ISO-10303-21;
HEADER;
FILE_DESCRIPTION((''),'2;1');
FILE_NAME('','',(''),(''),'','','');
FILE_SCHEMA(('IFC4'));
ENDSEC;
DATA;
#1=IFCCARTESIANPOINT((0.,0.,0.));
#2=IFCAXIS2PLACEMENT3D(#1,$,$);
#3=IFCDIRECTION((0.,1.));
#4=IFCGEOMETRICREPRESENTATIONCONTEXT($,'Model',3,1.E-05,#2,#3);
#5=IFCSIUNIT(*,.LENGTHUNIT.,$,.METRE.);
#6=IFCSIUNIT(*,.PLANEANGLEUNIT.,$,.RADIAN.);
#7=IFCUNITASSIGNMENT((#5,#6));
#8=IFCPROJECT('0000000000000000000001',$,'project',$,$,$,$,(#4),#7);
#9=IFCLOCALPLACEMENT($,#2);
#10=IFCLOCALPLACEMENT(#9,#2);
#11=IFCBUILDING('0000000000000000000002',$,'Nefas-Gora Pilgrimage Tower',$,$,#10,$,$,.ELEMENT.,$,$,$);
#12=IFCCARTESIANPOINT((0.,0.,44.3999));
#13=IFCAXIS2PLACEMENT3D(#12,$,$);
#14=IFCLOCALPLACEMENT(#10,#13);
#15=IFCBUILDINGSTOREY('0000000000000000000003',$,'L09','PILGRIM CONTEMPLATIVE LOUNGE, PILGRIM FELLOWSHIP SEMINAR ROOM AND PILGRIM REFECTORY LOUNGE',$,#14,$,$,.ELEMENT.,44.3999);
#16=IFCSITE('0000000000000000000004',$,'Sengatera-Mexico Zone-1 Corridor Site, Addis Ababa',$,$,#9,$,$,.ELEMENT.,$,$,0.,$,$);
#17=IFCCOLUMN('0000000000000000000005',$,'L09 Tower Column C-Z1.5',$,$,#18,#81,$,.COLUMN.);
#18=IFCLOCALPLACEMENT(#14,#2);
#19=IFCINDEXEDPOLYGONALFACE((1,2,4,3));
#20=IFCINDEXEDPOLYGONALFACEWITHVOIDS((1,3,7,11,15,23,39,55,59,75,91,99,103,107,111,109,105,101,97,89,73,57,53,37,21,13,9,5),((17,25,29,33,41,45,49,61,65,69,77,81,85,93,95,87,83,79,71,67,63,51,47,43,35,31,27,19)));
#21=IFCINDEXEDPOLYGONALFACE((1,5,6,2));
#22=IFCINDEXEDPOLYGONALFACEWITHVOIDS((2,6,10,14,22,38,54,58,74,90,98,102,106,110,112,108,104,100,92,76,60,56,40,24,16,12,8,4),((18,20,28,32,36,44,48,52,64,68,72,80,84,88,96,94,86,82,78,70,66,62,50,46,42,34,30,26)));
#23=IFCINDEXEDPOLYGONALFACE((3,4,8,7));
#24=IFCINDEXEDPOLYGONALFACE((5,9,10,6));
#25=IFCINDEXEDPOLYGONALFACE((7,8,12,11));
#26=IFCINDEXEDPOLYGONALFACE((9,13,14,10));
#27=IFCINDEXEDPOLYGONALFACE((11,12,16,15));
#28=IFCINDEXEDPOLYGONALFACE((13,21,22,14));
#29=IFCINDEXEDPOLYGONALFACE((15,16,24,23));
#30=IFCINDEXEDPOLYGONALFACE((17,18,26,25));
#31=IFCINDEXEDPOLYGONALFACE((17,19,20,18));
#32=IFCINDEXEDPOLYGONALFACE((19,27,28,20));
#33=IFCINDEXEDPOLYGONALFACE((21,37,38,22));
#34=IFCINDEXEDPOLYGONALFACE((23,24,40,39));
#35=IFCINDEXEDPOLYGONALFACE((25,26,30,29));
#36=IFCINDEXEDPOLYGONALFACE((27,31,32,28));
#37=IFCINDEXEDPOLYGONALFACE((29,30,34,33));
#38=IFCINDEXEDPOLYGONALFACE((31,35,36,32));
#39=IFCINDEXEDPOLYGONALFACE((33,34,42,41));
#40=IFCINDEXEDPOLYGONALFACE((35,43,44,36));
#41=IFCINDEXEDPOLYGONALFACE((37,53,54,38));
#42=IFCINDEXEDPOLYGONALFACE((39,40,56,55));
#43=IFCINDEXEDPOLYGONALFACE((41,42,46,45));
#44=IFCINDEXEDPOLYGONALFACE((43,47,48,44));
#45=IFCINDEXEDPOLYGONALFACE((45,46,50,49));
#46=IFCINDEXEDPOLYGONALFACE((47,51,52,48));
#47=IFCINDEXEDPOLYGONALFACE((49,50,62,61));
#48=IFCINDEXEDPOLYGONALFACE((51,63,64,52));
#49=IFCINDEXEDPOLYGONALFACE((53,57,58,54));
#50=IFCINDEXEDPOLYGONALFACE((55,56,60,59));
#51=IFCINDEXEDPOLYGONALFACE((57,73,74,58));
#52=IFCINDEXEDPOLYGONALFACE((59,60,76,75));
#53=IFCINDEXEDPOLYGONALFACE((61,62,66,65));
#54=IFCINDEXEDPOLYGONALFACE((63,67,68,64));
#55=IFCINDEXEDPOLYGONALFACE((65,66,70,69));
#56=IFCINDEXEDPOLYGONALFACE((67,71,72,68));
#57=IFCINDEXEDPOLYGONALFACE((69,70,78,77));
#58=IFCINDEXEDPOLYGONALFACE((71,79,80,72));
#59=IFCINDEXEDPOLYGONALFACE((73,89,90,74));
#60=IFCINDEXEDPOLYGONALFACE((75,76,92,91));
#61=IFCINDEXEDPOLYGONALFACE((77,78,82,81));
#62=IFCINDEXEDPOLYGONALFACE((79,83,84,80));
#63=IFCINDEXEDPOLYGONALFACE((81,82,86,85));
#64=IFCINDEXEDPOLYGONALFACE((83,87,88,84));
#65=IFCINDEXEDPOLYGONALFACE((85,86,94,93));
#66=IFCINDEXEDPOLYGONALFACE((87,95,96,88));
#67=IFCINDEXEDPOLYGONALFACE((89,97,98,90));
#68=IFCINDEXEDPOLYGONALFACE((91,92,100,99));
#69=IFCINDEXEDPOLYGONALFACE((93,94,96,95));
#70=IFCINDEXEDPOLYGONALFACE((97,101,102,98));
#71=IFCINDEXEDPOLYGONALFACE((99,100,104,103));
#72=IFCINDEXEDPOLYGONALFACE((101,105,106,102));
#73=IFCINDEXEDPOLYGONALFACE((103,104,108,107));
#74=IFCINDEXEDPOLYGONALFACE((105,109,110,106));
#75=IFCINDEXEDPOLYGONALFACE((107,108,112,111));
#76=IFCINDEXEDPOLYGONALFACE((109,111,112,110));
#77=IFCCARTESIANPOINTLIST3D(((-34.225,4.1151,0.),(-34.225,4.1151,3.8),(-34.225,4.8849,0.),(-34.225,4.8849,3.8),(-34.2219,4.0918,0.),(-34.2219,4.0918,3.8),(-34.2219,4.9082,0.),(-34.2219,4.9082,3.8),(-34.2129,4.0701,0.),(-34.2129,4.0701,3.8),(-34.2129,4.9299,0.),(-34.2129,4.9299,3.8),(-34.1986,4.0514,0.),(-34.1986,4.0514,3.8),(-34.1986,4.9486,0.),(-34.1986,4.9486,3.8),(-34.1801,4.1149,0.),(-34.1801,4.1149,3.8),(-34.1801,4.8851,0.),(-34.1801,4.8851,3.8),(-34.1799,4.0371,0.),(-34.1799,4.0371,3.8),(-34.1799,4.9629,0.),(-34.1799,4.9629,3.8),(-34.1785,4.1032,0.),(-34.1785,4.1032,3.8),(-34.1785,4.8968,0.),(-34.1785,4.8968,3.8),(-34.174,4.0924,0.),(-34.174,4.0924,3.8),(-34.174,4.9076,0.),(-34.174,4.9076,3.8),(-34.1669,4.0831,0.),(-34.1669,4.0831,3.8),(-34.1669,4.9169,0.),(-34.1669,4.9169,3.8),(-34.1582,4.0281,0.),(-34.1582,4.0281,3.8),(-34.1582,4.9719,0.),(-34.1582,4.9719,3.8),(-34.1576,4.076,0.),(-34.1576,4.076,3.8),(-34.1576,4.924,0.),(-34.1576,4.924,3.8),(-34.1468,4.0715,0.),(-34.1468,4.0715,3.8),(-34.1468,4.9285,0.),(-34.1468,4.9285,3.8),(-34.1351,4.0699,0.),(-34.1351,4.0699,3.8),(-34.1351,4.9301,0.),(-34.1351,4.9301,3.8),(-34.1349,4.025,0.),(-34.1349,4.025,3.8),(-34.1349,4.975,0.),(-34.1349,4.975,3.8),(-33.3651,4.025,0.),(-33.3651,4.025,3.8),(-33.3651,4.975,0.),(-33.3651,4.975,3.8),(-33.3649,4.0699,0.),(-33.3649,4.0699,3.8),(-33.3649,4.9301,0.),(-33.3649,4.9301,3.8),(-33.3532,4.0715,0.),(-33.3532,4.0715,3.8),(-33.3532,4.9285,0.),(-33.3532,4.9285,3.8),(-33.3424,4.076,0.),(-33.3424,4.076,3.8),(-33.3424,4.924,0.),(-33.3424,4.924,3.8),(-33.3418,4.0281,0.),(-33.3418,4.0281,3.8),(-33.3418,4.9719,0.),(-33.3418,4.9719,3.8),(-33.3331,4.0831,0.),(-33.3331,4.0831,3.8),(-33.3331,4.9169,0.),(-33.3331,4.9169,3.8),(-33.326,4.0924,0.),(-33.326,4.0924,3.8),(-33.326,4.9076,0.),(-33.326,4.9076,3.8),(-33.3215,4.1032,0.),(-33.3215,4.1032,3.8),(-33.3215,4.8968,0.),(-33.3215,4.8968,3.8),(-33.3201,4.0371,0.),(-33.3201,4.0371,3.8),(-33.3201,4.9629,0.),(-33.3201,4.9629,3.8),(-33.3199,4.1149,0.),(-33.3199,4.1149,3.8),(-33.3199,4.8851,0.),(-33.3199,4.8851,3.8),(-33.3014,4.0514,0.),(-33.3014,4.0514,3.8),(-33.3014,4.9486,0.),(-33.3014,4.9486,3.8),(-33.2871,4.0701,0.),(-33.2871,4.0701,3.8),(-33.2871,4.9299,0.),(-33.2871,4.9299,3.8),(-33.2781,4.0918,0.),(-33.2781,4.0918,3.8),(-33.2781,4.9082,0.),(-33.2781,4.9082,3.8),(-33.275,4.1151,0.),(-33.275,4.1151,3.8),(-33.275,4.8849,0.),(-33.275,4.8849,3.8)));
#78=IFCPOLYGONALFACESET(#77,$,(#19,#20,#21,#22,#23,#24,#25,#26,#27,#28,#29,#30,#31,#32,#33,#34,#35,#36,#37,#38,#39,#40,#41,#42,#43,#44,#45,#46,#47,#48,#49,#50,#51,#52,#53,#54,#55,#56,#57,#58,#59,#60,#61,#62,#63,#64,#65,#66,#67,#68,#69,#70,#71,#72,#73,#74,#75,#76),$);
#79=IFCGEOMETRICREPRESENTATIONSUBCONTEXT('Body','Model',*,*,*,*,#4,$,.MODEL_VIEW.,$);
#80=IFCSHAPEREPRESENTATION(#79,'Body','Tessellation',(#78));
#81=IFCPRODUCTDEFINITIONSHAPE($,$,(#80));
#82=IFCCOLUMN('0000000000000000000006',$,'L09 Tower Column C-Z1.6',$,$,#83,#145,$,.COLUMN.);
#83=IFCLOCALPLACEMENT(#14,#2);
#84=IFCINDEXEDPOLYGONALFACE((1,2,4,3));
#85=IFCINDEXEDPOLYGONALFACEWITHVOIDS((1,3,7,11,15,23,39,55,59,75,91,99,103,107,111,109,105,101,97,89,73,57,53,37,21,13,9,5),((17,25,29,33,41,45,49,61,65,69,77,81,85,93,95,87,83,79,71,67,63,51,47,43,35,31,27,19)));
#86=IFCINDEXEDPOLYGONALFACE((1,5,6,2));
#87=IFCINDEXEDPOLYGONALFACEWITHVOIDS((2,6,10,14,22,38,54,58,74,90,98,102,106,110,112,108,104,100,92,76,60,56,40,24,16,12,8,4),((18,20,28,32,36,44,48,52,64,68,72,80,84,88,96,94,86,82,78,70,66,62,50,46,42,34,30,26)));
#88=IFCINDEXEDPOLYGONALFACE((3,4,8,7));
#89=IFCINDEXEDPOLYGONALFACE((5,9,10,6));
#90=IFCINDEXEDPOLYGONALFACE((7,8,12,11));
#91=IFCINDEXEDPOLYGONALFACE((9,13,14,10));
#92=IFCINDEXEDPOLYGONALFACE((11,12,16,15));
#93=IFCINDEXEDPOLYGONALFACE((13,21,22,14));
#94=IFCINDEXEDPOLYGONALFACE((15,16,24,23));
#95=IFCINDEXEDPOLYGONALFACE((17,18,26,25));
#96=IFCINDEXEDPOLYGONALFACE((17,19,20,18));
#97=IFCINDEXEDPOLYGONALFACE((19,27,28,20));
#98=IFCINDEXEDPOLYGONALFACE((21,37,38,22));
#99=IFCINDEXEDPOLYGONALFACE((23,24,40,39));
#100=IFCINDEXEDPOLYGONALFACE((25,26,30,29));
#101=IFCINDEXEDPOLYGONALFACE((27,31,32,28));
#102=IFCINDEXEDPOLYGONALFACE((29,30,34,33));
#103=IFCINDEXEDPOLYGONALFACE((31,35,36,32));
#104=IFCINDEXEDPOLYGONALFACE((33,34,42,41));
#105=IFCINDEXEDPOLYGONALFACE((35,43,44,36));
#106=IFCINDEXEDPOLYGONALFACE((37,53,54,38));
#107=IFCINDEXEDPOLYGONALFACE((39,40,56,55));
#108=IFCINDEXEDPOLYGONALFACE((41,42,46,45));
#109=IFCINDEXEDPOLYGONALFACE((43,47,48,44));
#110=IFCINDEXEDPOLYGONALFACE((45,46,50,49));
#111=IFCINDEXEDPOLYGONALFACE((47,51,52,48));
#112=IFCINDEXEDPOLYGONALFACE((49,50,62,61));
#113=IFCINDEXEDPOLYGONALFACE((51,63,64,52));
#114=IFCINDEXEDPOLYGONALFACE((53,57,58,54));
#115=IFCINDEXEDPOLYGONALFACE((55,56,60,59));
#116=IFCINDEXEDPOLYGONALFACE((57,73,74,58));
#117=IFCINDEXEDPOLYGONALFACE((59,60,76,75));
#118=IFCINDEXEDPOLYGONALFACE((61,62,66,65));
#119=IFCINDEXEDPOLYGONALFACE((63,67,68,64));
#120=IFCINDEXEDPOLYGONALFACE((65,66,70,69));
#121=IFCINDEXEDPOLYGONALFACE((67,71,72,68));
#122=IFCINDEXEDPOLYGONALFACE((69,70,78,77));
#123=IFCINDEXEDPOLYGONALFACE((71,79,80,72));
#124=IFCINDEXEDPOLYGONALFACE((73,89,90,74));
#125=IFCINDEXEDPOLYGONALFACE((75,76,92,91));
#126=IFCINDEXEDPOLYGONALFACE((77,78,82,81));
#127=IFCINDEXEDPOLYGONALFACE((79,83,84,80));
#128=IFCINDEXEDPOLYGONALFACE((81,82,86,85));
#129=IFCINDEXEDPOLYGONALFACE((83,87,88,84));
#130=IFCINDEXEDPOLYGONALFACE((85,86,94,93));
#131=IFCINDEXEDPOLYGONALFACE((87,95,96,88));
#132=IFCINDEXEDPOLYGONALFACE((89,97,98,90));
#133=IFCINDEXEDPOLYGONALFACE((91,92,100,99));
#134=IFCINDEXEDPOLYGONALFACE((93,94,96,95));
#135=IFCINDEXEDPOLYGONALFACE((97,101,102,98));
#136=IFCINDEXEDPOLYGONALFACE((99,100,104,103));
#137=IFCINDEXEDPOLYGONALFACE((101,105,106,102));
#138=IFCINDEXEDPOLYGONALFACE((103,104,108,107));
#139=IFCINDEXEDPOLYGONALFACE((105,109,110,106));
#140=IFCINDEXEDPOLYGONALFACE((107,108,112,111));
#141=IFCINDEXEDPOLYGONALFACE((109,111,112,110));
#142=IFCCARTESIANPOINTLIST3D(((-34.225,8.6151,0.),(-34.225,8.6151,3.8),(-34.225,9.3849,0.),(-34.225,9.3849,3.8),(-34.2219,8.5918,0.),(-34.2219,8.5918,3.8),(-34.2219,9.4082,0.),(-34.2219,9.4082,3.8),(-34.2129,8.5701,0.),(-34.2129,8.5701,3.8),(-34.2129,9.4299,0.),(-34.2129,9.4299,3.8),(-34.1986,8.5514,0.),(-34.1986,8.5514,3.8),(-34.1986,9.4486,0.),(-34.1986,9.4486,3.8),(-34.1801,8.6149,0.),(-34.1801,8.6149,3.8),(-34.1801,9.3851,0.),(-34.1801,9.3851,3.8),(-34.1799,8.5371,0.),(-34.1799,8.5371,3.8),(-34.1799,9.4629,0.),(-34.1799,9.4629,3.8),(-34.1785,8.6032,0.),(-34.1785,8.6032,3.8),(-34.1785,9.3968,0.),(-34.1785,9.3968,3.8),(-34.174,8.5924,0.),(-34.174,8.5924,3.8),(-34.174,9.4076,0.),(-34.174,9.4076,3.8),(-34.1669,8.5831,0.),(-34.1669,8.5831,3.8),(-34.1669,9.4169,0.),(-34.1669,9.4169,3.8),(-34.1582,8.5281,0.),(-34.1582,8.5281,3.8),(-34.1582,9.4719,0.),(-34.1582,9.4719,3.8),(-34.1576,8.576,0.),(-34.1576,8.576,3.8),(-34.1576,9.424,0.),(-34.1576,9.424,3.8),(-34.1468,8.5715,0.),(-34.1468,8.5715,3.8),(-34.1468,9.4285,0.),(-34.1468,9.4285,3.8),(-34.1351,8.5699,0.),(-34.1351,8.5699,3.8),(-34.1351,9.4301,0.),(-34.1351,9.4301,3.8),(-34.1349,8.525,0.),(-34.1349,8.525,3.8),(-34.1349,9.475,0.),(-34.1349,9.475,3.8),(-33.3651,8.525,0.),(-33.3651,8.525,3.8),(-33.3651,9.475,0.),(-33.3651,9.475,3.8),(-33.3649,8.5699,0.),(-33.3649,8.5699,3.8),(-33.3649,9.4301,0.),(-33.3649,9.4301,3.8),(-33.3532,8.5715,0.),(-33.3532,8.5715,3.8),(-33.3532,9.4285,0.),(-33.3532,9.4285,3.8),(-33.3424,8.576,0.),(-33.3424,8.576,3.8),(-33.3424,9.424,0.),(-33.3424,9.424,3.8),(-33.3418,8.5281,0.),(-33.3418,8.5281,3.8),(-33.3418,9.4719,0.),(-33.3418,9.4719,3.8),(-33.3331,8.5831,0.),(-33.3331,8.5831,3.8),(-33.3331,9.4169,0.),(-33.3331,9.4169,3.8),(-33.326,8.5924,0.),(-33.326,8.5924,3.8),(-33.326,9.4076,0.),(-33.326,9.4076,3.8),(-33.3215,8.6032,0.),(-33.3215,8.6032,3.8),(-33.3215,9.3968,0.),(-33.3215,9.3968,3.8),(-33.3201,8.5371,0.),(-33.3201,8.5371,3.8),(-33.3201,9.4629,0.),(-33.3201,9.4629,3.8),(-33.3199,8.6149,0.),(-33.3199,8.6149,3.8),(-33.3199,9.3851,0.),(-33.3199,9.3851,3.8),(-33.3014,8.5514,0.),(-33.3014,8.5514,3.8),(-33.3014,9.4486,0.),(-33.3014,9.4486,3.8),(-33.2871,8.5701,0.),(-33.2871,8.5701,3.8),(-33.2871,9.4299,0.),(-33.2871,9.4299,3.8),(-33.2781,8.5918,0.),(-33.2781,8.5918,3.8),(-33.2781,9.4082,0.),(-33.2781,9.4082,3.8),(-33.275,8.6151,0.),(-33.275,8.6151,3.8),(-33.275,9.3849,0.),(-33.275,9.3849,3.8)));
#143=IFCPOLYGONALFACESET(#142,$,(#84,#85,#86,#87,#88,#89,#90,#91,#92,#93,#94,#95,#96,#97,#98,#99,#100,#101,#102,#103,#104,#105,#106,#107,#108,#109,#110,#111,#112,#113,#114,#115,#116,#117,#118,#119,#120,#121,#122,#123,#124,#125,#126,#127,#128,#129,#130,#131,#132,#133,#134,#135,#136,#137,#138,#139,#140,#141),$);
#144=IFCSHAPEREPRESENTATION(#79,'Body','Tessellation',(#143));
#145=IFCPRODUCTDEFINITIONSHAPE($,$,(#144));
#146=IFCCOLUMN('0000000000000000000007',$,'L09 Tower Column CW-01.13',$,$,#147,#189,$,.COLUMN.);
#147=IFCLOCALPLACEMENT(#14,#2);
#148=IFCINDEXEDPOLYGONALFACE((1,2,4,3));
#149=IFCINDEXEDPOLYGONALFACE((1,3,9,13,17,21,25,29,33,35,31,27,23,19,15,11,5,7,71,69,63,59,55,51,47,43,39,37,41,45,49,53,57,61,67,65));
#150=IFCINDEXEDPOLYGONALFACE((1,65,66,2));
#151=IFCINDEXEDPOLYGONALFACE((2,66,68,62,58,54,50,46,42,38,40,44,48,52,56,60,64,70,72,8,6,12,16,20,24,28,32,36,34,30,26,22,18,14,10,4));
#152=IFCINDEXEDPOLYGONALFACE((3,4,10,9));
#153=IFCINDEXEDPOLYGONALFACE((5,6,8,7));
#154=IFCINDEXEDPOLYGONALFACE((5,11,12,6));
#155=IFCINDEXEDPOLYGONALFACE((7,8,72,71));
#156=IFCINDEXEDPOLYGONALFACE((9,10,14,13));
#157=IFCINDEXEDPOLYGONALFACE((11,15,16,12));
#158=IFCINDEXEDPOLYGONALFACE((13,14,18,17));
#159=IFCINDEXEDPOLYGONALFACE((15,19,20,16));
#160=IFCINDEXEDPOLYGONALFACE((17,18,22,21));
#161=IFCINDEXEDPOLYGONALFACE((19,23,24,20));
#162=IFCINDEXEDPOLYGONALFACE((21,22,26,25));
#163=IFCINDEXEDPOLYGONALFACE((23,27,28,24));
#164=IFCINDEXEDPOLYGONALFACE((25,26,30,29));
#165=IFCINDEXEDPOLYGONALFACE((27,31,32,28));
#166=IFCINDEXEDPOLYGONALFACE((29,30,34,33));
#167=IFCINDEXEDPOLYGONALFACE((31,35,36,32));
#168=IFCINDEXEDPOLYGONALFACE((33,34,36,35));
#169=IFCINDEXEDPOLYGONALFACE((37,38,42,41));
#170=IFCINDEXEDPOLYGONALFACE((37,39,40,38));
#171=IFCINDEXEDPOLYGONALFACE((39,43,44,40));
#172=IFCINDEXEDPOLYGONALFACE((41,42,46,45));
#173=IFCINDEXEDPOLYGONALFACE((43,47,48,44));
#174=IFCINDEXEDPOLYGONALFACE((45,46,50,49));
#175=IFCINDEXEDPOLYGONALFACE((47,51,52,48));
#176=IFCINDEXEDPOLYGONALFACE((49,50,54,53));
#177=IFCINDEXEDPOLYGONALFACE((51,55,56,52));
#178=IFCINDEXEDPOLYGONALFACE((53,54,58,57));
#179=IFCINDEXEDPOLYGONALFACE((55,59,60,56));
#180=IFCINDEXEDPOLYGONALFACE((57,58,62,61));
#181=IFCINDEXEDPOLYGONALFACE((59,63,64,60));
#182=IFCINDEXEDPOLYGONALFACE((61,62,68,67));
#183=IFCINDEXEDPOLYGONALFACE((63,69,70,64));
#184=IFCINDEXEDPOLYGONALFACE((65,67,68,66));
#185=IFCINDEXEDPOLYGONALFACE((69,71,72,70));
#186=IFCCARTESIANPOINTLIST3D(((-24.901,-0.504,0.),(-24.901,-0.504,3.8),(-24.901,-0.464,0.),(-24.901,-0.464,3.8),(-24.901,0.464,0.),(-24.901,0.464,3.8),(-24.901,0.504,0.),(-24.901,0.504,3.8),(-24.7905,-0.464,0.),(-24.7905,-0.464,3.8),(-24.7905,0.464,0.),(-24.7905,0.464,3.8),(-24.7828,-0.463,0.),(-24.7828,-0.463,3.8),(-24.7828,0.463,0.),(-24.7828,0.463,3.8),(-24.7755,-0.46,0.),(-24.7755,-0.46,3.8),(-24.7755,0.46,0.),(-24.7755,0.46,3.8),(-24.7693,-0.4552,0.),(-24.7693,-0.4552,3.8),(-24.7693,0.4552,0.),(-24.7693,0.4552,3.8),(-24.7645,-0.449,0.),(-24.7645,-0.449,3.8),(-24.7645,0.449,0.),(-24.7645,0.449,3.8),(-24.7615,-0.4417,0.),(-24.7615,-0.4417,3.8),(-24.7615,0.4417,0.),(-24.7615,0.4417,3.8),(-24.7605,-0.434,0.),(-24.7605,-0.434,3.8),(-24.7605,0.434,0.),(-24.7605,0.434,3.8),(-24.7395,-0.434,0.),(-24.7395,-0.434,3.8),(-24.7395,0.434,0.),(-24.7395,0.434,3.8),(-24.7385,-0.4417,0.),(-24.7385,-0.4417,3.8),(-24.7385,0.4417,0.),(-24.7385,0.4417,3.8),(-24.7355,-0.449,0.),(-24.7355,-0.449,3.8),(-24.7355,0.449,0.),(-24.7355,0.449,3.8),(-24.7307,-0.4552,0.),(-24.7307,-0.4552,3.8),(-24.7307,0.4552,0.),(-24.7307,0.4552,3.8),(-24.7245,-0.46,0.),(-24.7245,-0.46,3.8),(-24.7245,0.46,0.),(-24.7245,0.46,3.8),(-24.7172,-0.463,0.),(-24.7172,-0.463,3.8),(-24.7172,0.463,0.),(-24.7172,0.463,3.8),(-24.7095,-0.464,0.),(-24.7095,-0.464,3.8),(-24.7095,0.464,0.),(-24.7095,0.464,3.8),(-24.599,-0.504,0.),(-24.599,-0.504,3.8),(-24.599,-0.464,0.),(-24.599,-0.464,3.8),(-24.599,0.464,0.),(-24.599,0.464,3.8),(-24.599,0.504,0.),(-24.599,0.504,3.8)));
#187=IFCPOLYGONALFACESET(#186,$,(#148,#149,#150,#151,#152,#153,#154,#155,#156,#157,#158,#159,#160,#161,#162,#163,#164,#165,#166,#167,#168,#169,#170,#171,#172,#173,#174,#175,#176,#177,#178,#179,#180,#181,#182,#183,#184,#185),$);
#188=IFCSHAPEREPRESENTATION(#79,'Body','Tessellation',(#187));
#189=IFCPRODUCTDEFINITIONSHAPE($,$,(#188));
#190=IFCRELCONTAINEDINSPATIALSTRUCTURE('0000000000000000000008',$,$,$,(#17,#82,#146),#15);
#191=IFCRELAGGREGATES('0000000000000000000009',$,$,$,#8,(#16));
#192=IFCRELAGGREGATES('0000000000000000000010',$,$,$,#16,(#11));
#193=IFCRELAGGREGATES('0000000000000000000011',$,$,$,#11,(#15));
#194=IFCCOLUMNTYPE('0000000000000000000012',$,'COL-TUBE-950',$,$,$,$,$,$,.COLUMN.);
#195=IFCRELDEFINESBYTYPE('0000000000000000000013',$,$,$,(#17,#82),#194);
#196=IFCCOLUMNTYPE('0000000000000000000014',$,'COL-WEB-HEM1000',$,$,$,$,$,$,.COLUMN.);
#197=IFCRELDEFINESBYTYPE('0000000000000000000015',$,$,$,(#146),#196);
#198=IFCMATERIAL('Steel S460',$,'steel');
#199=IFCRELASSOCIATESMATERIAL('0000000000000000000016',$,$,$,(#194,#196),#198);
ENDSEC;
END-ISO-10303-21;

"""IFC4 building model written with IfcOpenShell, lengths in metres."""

from ifc_helpers import new_model, si_unit, direction, frame, origin, origin_2d, place, context, subcontext, project, spatial, hollow_rectangle, i_section, extrude, source, transform, mapped, material, material_profile, profile_set, type_object, element, save


model = new_model("IFC4")

# Units and contexts
model_context = context("Model", 3, precision=1e-05, world=origin(), true_north=direction((0.0, 1.0)))
body_context = subcontext(model_context, "Body", "Model", "MODEL_VIEW")
ifc_project = project(units=[si_unit("LENGTHUNIT", "METRE"), si_unit("PLANEANGLEUNIT", "RADIAN")], contexts=[model_context])

# Site, building, storey
site_placement = place(None, origin())
site = spatial("IfcSite", under=ifc_project, at=site_placement, Name="Sengatera-Mexico Zone-1 Corridor Site, Addis Ababa", CompositionType="ELEMENT", RefElevation=0.0)
building_placement = place(site_placement, origin())
building = spatial("IfcBuilding", under=site, at=building_placement, Name="Nefas-Gora Pilgrimage Tower", CompositionType="ELEMENT")
storey_placement = place(building_placement, frame((0.0, 0.0, 44.3999)))
storey = spatial("IfcBuildingStorey", under=building, at=storey_placement, Name="L09", Description="PILGRIM CONTEMPLATIVE LOUNGE, PILGRIM FELLOWSHIP SEMINAR ROOM AND PILGRIM REFECTORY LOUNGE", CompositionType="ELEMENT", Elevation=44.3999)

# Columns
ifc_material_1 = material(Name="Steel S460", Category="steel")
ifc_material_profile_1 = material_profile(ifc_material_1, hollow_rectangle(XDim=0.95, YDim=0.95, WallThickness=0.0449, InnerFilletRadius=0.0449, OuterFilletRadius=0.0901, at=origin_2d()), Name="BOX 950x950x45")
ifc_profile_set_1 = profile_set([ifc_material_profile_1], Name="Steel S460")
column_type_1 = type_object("IfcColumnType", Name="COL-TUBE-950", PredefinedType="COLUMN", material=ifc_profile_set_1)
shared_shape_1 = source(origin(), body_context, "Body", "SweptSolid", [
    extrude(hollow_rectangle(XDim=0.95, YDim=0.95, WallThickness=0.0449, InnerFilletRadius=0.0449, OuterFilletRadius=0.0901, at=origin_2d()), origin(), (0.0, 0.0, 1.0), 3.8),
])
for number, where, z_axis, x_axis, name in (
    (1, (-33.75, 4.5, 0.0), (0.0, 0.0, 1.0), (1.0, 0.0, 0.0), "L09 Tower Column C-Z1.5"),
    (2, (-33.75, 9.0, 0.0), (0.0, 0.0, 1.0), (1.0, 0.0, 0.0), "L09 Tower Column C-Z1.6"),
):
    element("IfcColumn", number, at=place(storey_placement, frame(where, z_axis=z_axis, x_axis=x_axis)), inside=storey, type_object=column_type_1, Name=name, PredefinedType="COLUMN", context=body_context, shape_type="MappedRepresentation", body=[
        mapped(shared_shape_1, transform((0.0, 0.0, 0.0), x_axis=(1.0, 0.0, 0.0), y_axis=(0.0, 1.0, 0.0), z_axis=(0.0, 0.0, 1.0), scale=1.0)),
    ])
ifc_material_profile_2 = material_profile(ifc_material_1, i_section(OverallWidth=0.302, OverallDepth=1.0081, WebThickness=0.021, FlangeThickness=0.04, FilletRadius=0.03, at=origin_2d()), Name="HEM 1000")
ifc_profile_set_2 = profile_set([ifc_material_profile_2], Name="Steel S460")
column_type_2 = type_object("IfcColumnType", Name="COL-WEB-HEM1000", PredefinedType="COLUMN", material=ifc_profile_set_2)
shared_shape_2 = source(origin(), body_context, "Body", "SweptSolid", [
    extrude(i_section(OverallWidth=0.302, OverallDepth=1.0081, WebThickness=0.021, FlangeThickness=0.04, FilletRadius=0.03, at=origin_2d()), origin(), (0.0, 0.0, 1.0), 3.8),
])
for number, where, z_axis, x_axis, name in (
    (3, (-24.75, 0.0, 0.0), (0.0, 0.0, 1.0), (1.0, 0.0, 0.0), "L09 Tower Column CW-01.13"),
):
    element("IfcColumn", number, at=place(storey_placement, frame(where, z_axis=z_axis, x_axis=x_axis)), inside=storey, type_object=column_type_2, Name=name, PredefinedType="COLUMN", context=body_context, shape_type="MappedRepresentation", body=[
        mapped(shared_shape_2, transform((0.0, 0.0, 0.0), x_axis=(1.0, 0.0, 0.0), y_axis=(0.0, 1.0, 0.0), z_axis=(0.0, 0.0, 1.0), scale=1.0)),
    ])

save(model, "model.ifc")
